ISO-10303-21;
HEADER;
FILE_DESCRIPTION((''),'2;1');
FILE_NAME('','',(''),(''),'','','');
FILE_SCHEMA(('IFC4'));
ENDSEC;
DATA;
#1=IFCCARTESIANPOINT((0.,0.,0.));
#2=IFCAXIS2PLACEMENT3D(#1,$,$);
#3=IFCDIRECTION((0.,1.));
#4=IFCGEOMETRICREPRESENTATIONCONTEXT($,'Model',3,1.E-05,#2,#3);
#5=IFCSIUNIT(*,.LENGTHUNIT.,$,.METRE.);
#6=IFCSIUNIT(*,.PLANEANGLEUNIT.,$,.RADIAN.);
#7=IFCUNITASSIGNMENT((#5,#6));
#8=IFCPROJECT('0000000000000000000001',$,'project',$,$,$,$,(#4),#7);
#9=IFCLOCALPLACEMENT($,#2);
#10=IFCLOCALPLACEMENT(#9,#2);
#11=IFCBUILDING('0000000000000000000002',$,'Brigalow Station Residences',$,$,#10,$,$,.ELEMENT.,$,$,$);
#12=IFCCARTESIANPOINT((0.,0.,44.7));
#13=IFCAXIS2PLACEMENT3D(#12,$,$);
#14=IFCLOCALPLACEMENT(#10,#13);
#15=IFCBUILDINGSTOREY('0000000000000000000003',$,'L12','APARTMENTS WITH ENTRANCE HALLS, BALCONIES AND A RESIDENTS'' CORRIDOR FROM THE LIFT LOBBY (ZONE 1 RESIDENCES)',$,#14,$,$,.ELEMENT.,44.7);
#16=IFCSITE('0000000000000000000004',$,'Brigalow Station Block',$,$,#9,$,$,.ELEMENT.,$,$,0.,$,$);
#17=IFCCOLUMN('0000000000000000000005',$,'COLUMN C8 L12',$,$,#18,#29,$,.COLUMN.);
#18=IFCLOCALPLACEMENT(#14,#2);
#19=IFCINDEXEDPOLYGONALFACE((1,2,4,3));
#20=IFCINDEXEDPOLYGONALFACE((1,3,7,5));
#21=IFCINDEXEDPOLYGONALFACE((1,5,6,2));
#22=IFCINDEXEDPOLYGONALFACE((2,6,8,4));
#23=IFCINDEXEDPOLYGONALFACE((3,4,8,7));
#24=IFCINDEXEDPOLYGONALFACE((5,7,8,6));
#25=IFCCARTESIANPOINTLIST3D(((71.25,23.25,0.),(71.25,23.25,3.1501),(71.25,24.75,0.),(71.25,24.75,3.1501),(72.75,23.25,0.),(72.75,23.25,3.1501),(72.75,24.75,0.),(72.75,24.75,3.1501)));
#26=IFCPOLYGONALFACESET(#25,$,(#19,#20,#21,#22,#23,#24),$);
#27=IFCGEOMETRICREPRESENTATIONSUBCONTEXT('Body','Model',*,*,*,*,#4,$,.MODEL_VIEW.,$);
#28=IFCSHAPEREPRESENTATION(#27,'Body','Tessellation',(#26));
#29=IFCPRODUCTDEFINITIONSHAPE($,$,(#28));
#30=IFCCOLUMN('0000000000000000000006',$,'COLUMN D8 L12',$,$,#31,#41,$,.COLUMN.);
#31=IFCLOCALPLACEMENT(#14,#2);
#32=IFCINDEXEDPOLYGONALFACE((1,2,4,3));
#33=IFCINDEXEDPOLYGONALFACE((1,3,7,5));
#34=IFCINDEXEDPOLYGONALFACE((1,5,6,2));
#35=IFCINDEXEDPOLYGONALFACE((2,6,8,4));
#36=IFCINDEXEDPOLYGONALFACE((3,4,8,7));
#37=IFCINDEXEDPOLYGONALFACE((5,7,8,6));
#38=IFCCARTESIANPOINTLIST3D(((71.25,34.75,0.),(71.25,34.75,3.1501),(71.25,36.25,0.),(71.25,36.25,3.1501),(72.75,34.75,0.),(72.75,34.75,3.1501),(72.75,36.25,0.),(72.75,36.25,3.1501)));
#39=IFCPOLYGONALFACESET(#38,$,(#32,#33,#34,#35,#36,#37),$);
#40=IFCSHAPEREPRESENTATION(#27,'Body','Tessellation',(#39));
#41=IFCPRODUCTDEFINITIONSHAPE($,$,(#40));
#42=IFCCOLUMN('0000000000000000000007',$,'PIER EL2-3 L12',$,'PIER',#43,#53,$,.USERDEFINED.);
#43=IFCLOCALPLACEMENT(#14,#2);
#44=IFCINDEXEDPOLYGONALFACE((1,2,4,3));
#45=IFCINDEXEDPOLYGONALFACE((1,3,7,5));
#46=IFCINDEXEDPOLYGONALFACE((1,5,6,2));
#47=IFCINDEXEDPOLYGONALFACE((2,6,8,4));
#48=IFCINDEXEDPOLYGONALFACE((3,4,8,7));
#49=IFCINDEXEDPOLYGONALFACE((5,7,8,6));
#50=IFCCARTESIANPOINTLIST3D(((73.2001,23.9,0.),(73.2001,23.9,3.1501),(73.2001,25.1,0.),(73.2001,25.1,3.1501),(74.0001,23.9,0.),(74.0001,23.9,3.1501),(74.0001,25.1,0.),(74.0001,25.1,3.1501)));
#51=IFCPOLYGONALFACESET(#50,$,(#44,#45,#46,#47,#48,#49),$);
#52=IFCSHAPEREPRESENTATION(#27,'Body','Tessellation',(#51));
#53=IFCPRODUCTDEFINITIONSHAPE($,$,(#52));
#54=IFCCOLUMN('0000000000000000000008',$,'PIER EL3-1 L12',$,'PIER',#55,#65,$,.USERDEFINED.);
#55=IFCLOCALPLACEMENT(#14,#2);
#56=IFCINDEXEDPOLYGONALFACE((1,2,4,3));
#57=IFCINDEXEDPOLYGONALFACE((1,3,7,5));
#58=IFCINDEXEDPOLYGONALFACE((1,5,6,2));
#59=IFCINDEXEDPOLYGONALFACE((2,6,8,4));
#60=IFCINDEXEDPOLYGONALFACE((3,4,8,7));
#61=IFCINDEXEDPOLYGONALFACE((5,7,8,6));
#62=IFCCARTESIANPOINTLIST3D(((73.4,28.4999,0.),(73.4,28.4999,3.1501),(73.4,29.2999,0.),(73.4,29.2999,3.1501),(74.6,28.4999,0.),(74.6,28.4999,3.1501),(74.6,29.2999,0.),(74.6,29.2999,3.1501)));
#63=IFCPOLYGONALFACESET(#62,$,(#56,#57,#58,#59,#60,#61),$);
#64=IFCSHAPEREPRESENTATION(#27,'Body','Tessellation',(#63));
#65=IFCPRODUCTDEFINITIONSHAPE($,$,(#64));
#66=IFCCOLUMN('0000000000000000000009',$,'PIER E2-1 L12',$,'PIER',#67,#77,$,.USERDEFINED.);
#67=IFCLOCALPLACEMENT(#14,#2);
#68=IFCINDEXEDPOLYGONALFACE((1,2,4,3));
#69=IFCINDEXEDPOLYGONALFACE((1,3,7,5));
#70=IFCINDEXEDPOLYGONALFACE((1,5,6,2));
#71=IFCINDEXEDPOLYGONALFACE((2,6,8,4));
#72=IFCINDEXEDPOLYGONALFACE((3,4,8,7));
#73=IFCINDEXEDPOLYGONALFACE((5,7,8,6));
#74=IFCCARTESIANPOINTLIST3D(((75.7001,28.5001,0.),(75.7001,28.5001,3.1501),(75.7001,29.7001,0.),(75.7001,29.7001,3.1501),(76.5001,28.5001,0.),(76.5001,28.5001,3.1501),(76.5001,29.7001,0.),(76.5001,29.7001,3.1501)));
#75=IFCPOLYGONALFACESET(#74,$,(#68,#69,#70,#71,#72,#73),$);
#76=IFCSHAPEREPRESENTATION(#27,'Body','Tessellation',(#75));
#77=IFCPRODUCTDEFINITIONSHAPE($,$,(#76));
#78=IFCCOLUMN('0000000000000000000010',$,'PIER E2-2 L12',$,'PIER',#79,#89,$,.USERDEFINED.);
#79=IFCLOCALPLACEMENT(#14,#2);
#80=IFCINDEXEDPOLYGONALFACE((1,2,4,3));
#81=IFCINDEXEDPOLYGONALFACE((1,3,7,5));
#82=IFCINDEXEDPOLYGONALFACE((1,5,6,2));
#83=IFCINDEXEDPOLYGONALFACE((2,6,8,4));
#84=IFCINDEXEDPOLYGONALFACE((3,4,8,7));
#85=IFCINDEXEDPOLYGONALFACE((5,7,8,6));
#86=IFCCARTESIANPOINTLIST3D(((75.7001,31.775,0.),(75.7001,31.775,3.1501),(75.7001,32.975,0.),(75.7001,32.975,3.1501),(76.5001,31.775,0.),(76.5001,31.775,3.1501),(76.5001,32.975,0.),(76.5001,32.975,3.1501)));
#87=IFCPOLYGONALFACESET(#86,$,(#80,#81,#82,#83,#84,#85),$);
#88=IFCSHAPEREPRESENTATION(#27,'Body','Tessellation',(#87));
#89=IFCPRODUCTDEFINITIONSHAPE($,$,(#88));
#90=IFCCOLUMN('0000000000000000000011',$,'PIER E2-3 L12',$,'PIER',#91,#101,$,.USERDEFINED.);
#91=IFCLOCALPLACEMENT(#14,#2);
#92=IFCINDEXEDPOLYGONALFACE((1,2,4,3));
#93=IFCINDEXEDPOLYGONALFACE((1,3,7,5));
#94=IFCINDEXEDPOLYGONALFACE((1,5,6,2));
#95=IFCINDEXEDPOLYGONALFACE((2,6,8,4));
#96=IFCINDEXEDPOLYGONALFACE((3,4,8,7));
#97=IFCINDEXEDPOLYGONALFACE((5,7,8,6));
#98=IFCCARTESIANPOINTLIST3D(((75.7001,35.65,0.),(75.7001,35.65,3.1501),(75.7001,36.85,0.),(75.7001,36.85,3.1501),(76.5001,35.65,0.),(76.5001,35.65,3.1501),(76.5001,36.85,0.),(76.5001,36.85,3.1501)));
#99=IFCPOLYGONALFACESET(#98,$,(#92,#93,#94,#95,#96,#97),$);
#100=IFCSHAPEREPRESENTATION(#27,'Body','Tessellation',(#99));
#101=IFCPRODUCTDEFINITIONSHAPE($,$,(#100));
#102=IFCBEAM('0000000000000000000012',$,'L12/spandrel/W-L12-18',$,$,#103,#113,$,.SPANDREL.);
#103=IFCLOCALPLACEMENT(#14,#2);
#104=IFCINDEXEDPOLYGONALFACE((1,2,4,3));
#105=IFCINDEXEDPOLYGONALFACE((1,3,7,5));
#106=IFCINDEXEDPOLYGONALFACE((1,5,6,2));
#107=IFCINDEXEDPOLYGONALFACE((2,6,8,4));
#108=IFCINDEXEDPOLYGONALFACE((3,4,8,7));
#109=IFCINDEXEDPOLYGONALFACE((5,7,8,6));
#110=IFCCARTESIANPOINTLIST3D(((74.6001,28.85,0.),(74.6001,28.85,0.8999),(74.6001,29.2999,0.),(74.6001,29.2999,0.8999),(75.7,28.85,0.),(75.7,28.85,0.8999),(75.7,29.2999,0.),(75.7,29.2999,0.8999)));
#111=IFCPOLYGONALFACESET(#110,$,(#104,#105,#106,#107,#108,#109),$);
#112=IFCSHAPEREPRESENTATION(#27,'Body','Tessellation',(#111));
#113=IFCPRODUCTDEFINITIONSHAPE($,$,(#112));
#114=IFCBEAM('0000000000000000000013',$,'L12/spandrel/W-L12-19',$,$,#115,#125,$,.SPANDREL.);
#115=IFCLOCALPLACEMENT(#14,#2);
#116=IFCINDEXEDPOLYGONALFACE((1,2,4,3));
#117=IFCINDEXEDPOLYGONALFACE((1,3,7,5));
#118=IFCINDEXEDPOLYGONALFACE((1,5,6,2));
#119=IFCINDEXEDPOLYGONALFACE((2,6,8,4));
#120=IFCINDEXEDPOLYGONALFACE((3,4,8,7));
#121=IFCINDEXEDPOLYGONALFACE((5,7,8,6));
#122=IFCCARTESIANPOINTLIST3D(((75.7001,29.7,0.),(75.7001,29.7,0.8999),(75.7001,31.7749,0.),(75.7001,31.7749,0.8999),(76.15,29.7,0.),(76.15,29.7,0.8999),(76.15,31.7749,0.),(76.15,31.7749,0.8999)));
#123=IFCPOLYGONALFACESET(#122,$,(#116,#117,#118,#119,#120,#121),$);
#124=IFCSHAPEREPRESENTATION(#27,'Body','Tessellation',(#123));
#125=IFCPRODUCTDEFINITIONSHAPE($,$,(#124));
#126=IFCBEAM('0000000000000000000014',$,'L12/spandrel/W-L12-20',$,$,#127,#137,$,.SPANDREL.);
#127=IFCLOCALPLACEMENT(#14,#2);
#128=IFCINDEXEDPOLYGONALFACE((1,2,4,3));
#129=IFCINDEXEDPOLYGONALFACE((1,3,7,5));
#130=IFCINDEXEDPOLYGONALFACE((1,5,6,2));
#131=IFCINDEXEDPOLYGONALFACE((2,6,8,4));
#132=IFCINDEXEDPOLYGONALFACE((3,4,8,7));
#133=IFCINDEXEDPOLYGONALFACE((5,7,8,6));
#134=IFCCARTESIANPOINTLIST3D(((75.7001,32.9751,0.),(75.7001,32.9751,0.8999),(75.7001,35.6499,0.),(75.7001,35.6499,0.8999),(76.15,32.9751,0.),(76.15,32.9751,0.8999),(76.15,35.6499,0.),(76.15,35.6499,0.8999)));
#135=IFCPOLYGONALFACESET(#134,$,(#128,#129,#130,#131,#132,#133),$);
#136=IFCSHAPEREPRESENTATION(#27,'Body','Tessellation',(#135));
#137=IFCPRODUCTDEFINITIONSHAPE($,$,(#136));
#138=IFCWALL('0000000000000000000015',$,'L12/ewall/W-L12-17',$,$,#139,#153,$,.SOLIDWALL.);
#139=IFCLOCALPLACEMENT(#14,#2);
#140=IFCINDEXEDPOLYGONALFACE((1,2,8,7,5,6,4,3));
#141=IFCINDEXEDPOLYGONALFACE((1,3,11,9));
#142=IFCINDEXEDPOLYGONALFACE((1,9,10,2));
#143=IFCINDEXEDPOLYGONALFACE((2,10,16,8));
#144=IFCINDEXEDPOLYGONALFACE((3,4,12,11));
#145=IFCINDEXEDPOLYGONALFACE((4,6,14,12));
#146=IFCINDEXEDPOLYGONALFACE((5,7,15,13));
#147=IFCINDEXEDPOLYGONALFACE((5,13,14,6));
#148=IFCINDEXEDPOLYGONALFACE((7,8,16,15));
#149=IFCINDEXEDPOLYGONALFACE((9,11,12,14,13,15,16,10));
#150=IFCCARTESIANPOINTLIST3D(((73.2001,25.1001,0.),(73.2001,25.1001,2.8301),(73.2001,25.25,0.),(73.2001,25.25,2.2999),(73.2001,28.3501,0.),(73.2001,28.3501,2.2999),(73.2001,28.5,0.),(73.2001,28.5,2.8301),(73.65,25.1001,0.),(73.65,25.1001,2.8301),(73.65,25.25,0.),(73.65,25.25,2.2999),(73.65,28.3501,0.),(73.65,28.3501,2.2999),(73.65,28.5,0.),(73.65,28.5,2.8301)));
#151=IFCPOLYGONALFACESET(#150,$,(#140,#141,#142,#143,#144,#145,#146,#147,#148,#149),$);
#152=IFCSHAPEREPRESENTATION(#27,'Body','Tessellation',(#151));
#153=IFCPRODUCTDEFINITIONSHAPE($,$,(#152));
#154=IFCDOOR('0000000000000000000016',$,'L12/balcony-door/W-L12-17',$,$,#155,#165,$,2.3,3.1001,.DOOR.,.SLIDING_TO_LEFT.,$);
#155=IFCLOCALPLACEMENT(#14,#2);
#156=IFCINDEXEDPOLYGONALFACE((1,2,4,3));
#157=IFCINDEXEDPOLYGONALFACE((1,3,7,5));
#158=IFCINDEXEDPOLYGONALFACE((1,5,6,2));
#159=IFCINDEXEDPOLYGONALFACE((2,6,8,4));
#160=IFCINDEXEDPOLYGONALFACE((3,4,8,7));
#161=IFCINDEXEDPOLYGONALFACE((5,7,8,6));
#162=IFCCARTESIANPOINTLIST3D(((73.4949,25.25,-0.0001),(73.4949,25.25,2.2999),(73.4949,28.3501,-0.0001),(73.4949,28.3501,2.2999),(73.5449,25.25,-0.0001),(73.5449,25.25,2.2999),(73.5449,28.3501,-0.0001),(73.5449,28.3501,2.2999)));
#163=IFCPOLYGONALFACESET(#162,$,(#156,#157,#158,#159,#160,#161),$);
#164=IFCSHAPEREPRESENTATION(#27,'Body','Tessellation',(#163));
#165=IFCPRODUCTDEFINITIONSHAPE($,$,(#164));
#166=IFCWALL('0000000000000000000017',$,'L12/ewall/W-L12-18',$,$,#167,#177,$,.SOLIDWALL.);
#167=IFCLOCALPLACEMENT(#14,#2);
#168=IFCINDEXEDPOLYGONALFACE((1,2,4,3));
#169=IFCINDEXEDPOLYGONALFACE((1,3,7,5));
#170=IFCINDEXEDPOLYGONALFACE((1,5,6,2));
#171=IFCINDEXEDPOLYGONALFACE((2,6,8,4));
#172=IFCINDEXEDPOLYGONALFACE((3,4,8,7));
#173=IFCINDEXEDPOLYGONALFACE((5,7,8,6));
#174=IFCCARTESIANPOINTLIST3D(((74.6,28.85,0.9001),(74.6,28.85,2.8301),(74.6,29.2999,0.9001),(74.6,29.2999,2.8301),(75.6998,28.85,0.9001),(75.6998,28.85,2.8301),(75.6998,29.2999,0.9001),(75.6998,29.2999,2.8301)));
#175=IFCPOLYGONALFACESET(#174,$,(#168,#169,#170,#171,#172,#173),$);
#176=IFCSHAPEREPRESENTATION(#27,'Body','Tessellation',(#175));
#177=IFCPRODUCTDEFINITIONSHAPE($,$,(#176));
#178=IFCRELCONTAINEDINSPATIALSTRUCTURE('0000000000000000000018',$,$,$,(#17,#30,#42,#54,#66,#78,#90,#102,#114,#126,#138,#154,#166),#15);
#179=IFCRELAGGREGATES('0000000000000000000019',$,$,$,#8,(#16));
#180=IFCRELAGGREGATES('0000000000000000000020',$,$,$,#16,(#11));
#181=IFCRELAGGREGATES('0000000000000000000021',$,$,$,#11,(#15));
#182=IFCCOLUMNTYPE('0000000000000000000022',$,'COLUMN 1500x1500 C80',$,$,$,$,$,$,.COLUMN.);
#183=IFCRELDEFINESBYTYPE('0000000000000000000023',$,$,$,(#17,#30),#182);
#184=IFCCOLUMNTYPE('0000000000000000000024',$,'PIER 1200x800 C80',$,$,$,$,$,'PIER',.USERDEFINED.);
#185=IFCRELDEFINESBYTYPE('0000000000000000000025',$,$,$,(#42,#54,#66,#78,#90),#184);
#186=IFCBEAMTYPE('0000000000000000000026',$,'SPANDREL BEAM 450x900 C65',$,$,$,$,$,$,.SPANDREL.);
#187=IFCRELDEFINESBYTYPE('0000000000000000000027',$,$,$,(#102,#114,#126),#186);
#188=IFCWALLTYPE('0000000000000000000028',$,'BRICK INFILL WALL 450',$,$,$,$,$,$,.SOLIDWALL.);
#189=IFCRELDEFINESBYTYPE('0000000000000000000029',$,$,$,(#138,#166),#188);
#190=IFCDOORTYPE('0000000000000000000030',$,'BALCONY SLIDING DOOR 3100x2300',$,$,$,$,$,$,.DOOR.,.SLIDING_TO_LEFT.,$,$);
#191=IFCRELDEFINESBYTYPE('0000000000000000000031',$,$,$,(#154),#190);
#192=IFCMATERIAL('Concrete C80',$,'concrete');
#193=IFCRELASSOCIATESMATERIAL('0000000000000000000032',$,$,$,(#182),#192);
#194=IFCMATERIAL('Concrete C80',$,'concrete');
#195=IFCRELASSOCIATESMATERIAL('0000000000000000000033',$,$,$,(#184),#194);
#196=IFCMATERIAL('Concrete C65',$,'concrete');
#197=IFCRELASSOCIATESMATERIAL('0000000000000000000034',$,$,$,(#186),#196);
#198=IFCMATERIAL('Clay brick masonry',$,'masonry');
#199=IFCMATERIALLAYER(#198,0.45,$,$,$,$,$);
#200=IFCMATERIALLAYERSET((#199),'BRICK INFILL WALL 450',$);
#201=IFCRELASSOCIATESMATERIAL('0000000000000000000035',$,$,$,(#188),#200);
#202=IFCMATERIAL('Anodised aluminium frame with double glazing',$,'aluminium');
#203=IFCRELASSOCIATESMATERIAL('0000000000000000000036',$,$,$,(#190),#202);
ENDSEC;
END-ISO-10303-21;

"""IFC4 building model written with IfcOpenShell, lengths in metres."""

from ifc_helpers import new_model, si_unit, direction, frame, frame_2d, origin, origin_2d, place, context, subcontext, project, spatial, rectangle, extrude, material, layer, layer_set, material_profile, profile_set, type_object, element, fill, save


model = new_model("IFC4")

# Units and contexts
model_context = context("Model", 3, precision=1e-05, world=origin(), true_north=direction((0.0, 1.0)))
body_context = subcontext(model_context, "Body", "Model", "MODEL_VIEW")
ifc_project = project(units=[si_unit("LENGTHUNIT", "METRE"), si_unit("PLANEANGLEUNIT", "RADIAN")], contexts=[model_context])

# Site, building, storey
site_placement = place(None, origin())
site = spatial("IfcSite", under=ifc_project, at=site_placement, Name="Brigalow Station Block", CompositionType="ELEMENT", RefElevation=0.0)
building_placement = place(site_placement, origin())
building = spatial("IfcBuilding", under=site, at=building_placement, Name="Brigalow Station Residences", CompositionType="ELEMENT")
storey_placement = place(building_placement, frame((0.0, 0.0, 44.7)))
storey = spatial("IfcBuildingStorey", under=building, at=storey_placement, Name="L12", Description="APARTMENTS WITH ENTRANCE HALLS, BALCONIES AND A RESIDENTS' CORRIDOR FROM THE LIFT LOBBY (ZONE 1 RESIDENCES)", CompositionType="ELEMENT", Elevation=44.7)

# Columns
ifc_material_1 = material(Name="Concrete C80", Category="concrete")
ifc_material_profile_1 = material_profile(ifc_material_1, rectangle(XDim=1.5, YDim=1.5, at=origin_2d()), Name="RC1500x1500")
ifc_profile_set_1 = profile_set([ifc_material_profile_1], Name="Concrete C80")
column_type_1 = type_object("IfcColumnType", Name="COLUMN 1500x1500 C80", PredefinedType="COLUMN", material=ifc_profile_set_1)
for number, where, z_axis, x_axis, name in (
    (1, (72.0, 24.0, 0.0), (0.0, 0.0, 1.0), (1.0, 0.0, 0.0), "COLUMN C8 L12"),
    (2, (72.0, 35.5, 0.0), (0.0, 0.0, 1.0), (1.0, 0.0, 0.0), "COLUMN D8 L12"),
):
    element("IfcColumn", number, at=place(storey_placement, frame(where, z_axis=z_axis, x_axis=x_axis)), inside=storey, type_object=column_type_1, Name=name, PredefinedType="COLUMN", context=body_context, shape_type="SweptSolid", body=[
        extrude(rectangle(XDim=1.5, YDim=1.5, at=origin_2d()), origin(), (0.0, 0.0, 1.0), 3.1501),
    ])
ifc_material_2 = material(Name="Concrete C80", Category="concrete")
ifc_material_profile_2 = material_profile(ifc_material_2, rectangle(XDim=1.2, YDim=0.8, at=origin_2d()), Name="RC1200x800")
ifc_profile_set_2 = profile_set([ifc_material_profile_2], Name="Concrete C80")
column_type_2 = type_object("IfcColumnType", Name="PIER 1200x800 C80", ElementType="PIER", PredefinedType="USERDEFINED", material=ifc_profile_set_2)
for number, where, z_axis, x_axis, name in (
    (3, (73.6001, 24.5, 0.0), (0.0, 0.0, 1.0), (0.0, 1.0, 0.0), "PIER EL2-3 L12"),
    (4, (74.0, 28.8999, 0.0), (0.0, 0.0, 1.0), (1.0, 0.0, 0.0), "PIER EL3-1 L12"),
    (5, (76.1001, 29.1001, 0.0), (0.0, 0.0, 1.0), (0.0, 1.0, 0.0), "PIER E2-1 L12"),
    (6, (76.1001, 32.375, 0.0), (0.0, 0.0, 1.0), (0.0, 1.0, 0.0), "PIER E2-2 L12"),
    (7, (76.1001, 36.25, 0.0), (0.0, 0.0, 1.0), (0.0, 1.0, 0.0), "PIER E2-3 L12"),
):
    element("IfcColumn", number, at=place(storey_placement, frame(where, z_axis=z_axis, x_axis=x_axis)), inside=storey, type_object=column_type_2, Name=name, ObjectType="PIER", PredefinedType="USERDEFINED", context=body_context, shape_type="SweptSolid", body=[
        extrude(rectangle(XDim=1.2, YDim=0.8, at=origin_2d()), origin(), (0.0, 0.0, 1.0), 3.1501),
    ])

# Beams
ifc_material_3 = material(Name="Concrete C65", Category="concrete")
ifc_material_profile_3 = material_profile(ifc_material_3, rectangle(XDim=0.45, YDim=0.8999, at=origin_2d()), Name="RC450x900")
ifc_profile_set_3 = profile_set([ifc_material_profile_3], Name="Concrete C65")
beam_type = type_object("IfcBeamType", Name="SPANDREL BEAM 450x900 C65", PredefinedType="SPANDREL", material=ifc_profile_set_3)
beam_1_placement = place(storey_placement, frame((74.6001, 29.075, 0.45), z_axis=(1.0, 0.0, 0.0), x_axis=(0.0, 1.0, 0.0)))
element("IfcBeam", 8, at=beam_1_placement, inside=storey, type_object=beam_type, Name="L12/spandrel/W-L12-18", PredefinedType="SPANDREL", context=body_context, shape_type="SweptSolid", body=[
    extrude(rectangle(XDim=0.45, YDim=0.8999, at=origin_2d()), origin(), (0.0, 0.0, 1.0), 1.0999),
])
beam_2_placement = place(storey_placement, frame((75.925, 29.7, 0.45), z_axis=(0.0, 1.0, 0.0), x_axis=(-1.0, 0.0, 0.0)))
element("IfcBeam", 9, at=beam_2_placement, inside=storey, type_object=beam_type, Name="L12/spandrel/W-L12-19", PredefinedType="SPANDREL", context=body_context, shape_type="SweptSolid", body=[
    extrude(rectangle(XDim=0.45, YDim=0.8999, at=origin_2d()), origin(), (0.0, 0.0, 1.0), 2.075),
])
beam_3_placement = place(storey_placement, frame((75.925, 32.9751, 0.45), z_axis=(0.0, 1.0, 0.0), x_axis=(-1.0, 0.0, 0.0)))
element("IfcBeam", 10, at=beam_3_placement, inside=storey, type_object=beam_type, Name="L12/spandrel/W-L12-20", PredefinedType="SPANDREL", context=body_context, shape_type="SweptSolid", body=[
    extrude(rectangle(XDim=0.45, YDim=0.8999, at=origin_2d()), origin(), (0.0, 0.0, 1.0), 2.6748),
])

# Wall, opening, door
ifc_material_4 = material(Name="Clay brick masonry", Category="masonry")
ifc_layer = layer(ifc_material_4, 0.45)
ifc_layer_set = layer_set([ifc_layer], Name="BRICK INFILL WALL 450")
wall_type = type_object("IfcWallType", Name="BRICK INFILL WALL 450", PredefinedType="SOLIDWALL", material=ifc_layer_set)
wall_1_placement = place(storey_placement, frame((73.425, 25.1001, 0.0), z_axis=(0.0, 0.0, 1.0), x_axis=(0.0, 1.0, 0.0)))
wall_1 = element("IfcWall", 11, at=wall_1_placement, inside=storey, type_object=wall_type, Name="L12/ewall/W-L12-17", PredefinedType="SOLIDWALL", context=body_context, shape_type="SweptSolid", body=[
    extrude(rectangle(XDim=3.3999, YDim=0.45, at=frame_2d((1.7, 0.0))), origin(), (0.0, 0.0, 1.0), 2.8301),
])
opening_1_placement = place(wall_1_placement, frame((0.1499, 0.0, 0.0)))
opening_1 = element("IfcOpeningElement", 12, at=opening_1_placement, cuts=wall_1, PredefinedType="OPENING", context=body_context, shape_type="SweptSolid", body=[
    extrude(rectangle(XDim=3.1001, YDim=2.3, at=frame_2d((1.55, 1.1499))), frame((0.0, 0.2349, 0.0), z_axis=(0.0, -1.0, 0.0), x_axis=(1.0, 0.0, 0.0)), (0.0, 0.0, 1.0), 0.47),
])
ifc_material_5 = material(Name="Anodised aluminium frame with double glazing", Category="aluminium")
door_type = type_object("IfcDoorType", Name="BALCONY SLIDING DOOR 3100x2300", OperationType="SLIDING_TO_LEFT", PredefinedType="DOOR", material=ifc_material_5)
door_placement = place(opening_1_placement, origin())
door = element("IfcDoor", 13, at=door_placement, inside=storey, type_object=door_type, Name="L12/balcony-door/W-L12-17", OperationType="SLIDING_TO_LEFT", OverallHeight=2.3, OverallWidth=3.1001, PredefinedType="DOOR", context=body_context, shape_type="SweptSolid", body=[
    extrude(rectangle(XDim=3.1001, YDim=2.3, at=frame_2d((1.55, 1.1499))), frame((0.0, -0.0698, 0.0), z_axis=(0.0, -1.0, 0.0), x_axis=(1.0, 0.0, 0.0)), (0.0, 0.0, 1.0), 0.05),
])
fill(opening_1, door)

# Wall
wall_2_placement = place(storey_placement, frame((74.6001, 29.075, 0.9001), z_axis=(0.0, 0.0, 1.0), x_axis=(1.0, 0.0, 0.0)))
element("IfcWall", 14, at=wall_2_placement, inside=storey, type_object=wall_type, Name="L12/ewall/W-L12-18", PredefinedType="SOLIDWALL", context=body_context, shape_type="SweptSolid", body=[
    extrude(rectangle(XDim=1.0999, YDim=0.45, at=frame_2d((0.5498, 0.0))), origin(), (0.0, 0.0, 1.0), 1.9299),
])

save(model, "model.ifc")
